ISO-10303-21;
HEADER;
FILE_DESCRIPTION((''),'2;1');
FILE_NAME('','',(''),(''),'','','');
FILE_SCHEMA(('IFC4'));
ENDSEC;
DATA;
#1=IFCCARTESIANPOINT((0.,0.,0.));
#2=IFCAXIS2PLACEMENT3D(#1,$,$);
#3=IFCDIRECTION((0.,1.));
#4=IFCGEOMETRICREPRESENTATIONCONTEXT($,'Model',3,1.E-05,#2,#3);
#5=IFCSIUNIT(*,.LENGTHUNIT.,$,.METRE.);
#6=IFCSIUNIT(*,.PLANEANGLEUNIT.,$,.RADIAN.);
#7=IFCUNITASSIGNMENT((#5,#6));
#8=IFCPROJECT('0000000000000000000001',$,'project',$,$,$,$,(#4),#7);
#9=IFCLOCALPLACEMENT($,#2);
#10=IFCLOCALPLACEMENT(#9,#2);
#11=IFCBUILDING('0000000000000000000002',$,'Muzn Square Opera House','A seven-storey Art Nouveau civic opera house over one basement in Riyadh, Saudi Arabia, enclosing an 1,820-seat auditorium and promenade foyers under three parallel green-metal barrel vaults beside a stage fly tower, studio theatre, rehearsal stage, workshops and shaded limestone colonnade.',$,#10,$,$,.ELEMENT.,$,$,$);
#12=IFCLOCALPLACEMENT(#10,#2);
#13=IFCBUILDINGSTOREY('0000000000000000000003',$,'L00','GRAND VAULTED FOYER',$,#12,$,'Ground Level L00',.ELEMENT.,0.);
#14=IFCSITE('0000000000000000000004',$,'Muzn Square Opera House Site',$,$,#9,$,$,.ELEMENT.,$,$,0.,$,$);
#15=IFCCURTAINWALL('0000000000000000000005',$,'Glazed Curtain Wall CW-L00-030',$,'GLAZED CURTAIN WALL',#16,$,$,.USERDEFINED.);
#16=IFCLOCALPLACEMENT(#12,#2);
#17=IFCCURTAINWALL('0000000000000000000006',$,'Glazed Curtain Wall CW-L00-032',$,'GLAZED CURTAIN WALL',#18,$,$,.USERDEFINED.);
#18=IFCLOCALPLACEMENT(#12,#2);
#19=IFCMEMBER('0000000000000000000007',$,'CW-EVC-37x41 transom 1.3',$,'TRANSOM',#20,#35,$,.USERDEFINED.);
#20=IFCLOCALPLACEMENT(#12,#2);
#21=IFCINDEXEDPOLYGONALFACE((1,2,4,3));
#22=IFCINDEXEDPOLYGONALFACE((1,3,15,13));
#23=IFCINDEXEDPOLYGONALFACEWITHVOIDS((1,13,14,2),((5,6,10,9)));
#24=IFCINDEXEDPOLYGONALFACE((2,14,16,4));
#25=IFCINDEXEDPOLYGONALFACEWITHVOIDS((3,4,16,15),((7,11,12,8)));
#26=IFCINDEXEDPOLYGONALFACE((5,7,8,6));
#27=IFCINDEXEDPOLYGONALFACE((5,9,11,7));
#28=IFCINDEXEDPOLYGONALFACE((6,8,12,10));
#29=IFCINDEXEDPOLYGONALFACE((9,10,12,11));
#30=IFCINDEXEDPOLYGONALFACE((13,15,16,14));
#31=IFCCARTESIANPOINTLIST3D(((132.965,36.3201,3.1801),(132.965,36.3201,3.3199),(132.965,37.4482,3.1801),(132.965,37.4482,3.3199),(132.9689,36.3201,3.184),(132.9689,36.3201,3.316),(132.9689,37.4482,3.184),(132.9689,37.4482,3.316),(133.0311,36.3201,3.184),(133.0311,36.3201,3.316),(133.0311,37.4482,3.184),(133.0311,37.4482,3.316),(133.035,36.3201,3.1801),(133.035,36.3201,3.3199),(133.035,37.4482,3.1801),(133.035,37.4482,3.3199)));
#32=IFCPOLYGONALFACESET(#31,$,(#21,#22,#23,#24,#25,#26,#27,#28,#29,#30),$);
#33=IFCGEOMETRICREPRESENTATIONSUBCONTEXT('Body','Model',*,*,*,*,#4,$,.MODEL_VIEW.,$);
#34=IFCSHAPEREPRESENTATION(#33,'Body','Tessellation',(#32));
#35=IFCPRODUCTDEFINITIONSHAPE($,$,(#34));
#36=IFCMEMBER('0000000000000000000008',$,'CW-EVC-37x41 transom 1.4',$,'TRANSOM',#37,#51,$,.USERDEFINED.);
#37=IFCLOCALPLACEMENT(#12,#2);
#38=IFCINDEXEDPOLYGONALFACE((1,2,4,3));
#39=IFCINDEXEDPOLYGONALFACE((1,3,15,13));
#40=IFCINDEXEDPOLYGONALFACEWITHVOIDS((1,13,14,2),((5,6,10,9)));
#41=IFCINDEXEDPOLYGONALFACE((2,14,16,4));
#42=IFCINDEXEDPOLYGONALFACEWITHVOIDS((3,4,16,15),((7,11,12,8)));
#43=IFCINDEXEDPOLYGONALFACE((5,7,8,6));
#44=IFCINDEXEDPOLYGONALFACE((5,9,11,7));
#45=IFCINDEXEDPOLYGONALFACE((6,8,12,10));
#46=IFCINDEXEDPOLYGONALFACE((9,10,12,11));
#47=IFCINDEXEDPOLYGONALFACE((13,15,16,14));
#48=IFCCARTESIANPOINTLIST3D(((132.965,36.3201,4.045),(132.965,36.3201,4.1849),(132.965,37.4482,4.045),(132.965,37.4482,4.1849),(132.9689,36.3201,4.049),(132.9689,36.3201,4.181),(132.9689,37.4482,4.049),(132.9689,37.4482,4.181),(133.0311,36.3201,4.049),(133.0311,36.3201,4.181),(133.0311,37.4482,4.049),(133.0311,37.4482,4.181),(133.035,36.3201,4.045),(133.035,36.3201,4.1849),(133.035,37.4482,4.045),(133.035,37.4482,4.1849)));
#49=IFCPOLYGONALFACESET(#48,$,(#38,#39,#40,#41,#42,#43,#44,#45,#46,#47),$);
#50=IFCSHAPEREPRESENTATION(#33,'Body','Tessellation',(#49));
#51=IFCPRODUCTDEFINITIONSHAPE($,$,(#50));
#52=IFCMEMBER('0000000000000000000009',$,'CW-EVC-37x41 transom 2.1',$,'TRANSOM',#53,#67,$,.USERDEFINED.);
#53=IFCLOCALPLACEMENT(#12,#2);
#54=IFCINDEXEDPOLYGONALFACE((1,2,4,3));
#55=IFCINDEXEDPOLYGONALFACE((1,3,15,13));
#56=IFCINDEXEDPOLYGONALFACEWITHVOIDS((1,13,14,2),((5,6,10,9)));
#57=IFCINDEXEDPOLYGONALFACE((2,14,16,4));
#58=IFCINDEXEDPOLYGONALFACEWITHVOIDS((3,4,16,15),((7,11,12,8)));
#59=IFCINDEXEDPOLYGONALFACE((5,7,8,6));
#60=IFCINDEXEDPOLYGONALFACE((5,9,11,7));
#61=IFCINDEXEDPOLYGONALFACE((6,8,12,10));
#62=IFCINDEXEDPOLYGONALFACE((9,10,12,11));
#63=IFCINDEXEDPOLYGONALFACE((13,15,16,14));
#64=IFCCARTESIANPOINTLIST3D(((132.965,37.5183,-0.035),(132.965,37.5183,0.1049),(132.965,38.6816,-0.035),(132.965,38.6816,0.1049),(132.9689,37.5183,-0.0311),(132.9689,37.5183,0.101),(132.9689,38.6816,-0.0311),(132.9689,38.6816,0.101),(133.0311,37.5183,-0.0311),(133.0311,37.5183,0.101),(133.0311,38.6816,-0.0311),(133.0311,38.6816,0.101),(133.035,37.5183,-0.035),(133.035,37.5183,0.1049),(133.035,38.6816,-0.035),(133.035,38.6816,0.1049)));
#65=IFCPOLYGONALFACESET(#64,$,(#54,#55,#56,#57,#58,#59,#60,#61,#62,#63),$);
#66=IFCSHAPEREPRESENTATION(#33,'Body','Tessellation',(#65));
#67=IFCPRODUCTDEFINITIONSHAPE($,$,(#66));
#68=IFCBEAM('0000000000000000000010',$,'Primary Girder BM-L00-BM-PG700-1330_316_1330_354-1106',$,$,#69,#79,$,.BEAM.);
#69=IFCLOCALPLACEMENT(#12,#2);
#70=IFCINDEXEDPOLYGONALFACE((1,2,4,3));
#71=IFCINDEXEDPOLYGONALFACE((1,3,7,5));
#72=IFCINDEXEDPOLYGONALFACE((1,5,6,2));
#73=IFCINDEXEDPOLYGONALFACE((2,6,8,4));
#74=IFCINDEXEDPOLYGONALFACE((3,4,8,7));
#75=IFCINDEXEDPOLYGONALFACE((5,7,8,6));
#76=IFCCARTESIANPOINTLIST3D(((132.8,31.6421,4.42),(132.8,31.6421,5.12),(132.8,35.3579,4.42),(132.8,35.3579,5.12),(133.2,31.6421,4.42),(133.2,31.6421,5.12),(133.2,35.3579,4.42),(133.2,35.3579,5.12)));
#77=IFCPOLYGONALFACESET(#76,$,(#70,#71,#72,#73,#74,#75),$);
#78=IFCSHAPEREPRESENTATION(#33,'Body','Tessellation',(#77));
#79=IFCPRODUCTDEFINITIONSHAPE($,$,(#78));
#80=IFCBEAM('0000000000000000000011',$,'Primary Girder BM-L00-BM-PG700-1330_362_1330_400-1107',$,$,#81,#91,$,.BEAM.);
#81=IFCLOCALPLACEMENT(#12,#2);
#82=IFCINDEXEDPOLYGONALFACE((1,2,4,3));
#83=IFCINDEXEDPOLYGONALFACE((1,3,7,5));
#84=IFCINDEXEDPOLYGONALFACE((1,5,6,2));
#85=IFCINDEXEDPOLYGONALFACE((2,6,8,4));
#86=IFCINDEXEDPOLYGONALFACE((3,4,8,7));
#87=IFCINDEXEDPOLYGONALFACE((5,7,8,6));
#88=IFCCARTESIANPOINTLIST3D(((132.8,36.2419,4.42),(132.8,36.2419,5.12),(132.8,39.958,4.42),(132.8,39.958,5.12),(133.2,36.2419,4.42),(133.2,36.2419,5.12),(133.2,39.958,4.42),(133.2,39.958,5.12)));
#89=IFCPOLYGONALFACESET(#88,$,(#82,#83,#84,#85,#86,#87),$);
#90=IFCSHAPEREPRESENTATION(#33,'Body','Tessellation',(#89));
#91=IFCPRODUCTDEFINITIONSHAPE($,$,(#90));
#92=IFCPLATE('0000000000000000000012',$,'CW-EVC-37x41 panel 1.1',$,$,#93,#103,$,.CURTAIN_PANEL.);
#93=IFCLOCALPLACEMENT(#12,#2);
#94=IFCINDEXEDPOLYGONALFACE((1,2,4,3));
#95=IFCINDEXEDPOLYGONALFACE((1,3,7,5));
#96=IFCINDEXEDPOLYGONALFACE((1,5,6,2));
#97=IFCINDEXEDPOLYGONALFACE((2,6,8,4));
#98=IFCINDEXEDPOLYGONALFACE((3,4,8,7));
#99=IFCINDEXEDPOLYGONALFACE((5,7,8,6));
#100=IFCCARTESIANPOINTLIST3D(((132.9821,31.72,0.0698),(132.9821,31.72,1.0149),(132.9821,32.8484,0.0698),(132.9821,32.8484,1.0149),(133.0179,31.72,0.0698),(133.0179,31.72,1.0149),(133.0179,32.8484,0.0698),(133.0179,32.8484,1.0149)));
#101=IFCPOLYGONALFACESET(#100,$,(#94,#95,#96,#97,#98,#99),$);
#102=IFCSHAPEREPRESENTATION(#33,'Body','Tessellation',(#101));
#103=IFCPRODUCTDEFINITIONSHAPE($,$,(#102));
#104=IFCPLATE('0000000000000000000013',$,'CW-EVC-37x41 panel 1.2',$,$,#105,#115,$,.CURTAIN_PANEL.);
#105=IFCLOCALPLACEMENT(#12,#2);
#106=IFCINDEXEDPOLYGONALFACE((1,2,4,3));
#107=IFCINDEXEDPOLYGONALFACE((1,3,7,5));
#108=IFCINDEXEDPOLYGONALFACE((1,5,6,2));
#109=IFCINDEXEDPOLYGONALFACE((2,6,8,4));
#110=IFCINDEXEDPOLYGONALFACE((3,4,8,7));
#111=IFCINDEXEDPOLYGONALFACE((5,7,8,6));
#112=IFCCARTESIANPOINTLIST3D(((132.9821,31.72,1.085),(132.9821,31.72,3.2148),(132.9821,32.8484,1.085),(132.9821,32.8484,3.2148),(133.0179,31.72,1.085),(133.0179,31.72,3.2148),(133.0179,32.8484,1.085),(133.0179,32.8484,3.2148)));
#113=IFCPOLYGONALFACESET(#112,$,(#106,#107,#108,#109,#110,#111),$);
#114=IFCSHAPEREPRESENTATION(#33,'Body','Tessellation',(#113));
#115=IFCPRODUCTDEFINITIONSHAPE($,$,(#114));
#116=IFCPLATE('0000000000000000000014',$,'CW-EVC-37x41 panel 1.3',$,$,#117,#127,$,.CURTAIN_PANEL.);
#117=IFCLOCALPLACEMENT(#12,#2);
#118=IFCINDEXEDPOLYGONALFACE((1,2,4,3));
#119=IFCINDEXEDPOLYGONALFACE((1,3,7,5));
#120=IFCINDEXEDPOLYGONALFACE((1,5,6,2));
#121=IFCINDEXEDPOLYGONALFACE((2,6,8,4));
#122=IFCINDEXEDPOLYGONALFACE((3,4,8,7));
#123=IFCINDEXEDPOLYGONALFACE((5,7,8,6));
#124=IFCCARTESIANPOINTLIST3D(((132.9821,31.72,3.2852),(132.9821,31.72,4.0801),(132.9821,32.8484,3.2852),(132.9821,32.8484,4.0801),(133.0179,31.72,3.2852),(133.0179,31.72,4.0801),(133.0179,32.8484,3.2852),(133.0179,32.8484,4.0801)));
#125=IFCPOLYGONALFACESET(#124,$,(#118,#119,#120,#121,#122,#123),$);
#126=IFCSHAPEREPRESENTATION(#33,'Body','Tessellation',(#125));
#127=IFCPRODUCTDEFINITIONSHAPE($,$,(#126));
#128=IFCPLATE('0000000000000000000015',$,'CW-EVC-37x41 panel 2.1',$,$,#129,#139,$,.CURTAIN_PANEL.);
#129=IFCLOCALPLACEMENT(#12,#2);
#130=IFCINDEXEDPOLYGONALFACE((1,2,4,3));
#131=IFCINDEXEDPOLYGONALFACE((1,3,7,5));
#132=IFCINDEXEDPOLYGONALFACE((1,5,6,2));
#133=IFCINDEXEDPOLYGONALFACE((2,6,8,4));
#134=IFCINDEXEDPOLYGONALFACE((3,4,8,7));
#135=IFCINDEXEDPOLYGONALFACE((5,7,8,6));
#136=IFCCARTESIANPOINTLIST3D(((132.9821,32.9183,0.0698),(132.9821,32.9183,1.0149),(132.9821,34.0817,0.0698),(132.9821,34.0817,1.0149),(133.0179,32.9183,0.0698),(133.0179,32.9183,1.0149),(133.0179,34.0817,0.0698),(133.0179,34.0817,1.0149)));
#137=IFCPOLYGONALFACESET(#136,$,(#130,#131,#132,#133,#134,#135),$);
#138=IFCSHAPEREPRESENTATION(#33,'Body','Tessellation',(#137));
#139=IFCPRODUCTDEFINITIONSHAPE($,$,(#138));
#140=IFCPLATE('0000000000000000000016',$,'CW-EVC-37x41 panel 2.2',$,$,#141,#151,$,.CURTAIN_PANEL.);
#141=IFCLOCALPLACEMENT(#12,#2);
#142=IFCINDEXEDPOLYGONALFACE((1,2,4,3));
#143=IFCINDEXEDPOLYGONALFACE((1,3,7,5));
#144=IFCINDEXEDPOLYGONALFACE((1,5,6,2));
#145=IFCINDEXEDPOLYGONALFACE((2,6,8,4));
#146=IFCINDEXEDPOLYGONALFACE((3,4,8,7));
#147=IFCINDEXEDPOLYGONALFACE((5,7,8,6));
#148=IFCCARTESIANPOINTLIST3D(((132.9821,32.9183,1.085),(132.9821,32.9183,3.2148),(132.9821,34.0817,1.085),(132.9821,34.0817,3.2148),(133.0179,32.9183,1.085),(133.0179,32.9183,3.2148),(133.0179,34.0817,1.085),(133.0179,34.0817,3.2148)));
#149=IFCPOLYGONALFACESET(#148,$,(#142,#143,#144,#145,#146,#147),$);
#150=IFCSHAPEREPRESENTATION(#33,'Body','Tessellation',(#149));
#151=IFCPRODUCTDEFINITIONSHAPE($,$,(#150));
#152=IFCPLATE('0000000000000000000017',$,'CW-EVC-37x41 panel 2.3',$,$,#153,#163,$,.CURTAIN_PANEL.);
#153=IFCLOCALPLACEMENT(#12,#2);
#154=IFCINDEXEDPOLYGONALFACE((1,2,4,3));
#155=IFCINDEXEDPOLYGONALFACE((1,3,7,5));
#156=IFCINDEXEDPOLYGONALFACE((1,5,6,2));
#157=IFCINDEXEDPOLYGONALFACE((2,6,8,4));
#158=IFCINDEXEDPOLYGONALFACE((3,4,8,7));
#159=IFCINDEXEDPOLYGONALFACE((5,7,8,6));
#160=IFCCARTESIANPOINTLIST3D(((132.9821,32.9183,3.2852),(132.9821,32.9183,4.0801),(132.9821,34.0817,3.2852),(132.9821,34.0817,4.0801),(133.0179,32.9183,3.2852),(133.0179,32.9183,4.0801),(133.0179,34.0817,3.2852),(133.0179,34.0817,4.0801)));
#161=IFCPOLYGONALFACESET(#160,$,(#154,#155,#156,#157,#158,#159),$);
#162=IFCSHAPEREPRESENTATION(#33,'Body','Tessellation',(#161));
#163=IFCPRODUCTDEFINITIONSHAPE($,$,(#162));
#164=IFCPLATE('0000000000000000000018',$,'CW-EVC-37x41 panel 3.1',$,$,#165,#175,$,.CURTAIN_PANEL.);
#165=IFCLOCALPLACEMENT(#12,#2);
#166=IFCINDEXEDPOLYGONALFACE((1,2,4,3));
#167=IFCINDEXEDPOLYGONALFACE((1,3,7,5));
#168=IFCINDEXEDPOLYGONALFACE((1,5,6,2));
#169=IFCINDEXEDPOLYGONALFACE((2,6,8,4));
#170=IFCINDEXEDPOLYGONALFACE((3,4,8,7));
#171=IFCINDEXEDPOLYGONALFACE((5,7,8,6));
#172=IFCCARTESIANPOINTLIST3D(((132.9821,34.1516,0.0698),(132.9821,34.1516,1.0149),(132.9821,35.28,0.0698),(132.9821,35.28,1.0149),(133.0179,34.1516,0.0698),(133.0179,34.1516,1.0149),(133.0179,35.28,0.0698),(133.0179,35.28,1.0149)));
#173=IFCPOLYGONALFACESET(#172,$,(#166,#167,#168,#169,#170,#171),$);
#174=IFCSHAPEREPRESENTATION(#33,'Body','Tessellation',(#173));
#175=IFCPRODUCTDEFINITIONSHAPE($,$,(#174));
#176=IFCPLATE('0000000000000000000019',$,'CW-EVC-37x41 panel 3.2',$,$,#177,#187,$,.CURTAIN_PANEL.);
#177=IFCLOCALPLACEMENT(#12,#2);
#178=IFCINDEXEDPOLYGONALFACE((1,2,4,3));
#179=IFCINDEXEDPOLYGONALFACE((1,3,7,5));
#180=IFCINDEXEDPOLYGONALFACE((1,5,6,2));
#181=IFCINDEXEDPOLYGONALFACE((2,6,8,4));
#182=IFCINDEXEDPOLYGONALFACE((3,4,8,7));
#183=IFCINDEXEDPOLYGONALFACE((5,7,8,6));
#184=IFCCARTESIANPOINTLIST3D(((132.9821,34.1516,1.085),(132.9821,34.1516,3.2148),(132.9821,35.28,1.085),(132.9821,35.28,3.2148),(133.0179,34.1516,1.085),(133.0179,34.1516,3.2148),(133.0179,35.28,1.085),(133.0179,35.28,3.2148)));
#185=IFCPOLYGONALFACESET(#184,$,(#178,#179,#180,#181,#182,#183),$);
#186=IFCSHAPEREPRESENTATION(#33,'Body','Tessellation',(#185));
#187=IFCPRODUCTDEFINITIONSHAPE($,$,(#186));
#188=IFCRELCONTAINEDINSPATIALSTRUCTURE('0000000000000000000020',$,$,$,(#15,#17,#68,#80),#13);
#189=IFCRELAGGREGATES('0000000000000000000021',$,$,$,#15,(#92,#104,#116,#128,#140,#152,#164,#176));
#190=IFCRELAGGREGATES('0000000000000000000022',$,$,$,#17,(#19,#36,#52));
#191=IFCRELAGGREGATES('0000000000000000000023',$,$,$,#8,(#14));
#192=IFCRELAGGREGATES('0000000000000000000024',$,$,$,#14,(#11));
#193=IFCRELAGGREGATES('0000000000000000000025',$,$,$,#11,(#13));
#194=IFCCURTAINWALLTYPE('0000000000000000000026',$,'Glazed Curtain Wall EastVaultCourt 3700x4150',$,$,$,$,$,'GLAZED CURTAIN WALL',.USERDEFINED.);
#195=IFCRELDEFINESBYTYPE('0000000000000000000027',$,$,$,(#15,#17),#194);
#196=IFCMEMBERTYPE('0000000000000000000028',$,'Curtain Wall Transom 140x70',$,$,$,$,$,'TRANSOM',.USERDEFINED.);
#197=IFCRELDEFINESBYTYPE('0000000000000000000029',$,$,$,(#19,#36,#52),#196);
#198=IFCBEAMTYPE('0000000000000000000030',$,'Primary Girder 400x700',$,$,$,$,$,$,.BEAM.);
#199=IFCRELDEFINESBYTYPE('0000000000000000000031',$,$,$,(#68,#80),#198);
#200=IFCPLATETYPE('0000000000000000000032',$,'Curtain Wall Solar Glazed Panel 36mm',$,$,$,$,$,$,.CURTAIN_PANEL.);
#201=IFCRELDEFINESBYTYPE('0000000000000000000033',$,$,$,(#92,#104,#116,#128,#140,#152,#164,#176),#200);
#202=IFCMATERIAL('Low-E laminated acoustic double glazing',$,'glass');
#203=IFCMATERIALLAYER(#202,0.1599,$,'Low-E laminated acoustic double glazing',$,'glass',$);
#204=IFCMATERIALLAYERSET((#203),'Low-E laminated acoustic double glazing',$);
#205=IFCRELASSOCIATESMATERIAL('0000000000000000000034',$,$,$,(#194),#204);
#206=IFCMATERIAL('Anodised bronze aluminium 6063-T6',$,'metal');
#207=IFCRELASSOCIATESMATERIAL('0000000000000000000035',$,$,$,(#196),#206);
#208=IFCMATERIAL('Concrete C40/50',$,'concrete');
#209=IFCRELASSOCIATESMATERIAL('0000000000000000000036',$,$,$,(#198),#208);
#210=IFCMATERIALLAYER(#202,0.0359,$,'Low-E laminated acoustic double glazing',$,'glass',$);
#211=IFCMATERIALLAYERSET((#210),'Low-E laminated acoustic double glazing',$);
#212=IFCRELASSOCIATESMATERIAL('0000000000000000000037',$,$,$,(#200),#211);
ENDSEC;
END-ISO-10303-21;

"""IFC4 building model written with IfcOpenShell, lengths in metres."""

from ifc_helpers import new_model, si_unit, direction, frame, origin, origin_2d, place, context, subcontext, project, spatial, rectangle, hollow_rectangle, extrude, material, layer, layer_set, material_profile, profile_set, type_object, element, aggregate, save


model = new_model("IFC4")

# Units and contexts
model_context = context("Model", 3, precision=1e-05, world=origin(), true_north=direction((0.0, 1.0)))
body_context = subcontext(model_context, "Body", "Model", "MODEL_VIEW")
ifc_project = project(units=[si_unit("LENGTHUNIT", "METRE"), si_unit("PLANEANGLEUNIT", "RADIAN")], contexts=[model_context])

# Site, building, storey
site_placement = place(None, origin())
site = spatial("IfcSite", under=ifc_project, at=site_placement, Name="Muzn Square Opera House Site", CompositionType="ELEMENT", RefElevation=0.0)
building_placement = place(site_placement, origin())
building = spatial("IfcBuilding", under=site, at=building_placement, Name="Muzn Square Opera House", Description="A seven-storey Art Nouveau civic opera house over one basement in Riyadh, Saudi Arabia, enclosing an 1,820-seat auditorium and promenade foyers under three parallel green-metal barrel vaults beside a stage fly tower, studio theatre, rehearsal stage, workshops and shaded limestone colonnade.", CompositionType="ELEMENT")
storey_placement = place(building_placement, origin())
storey = spatial("IfcBuildingStorey", under=building, at=storey_placement, Name="L00", Description="GRAND VAULTED FOYER", LongName="Ground Level L00", CompositionType="ELEMENT", Elevation=0.0)

# Curtain walls
ifc_material_1 = material(Name="Low-E laminated acoustic double glazing", Category="glass")
ifc_layer_1 = layer(ifc_material_1, 0.1599, Name="Low-E laminated acoustic double glazing", Category="glass")
ifc_layer_set_1 = layer_set([ifc_layer_1], Name="Low-E laminated acoustic double glazing")
curtain_wall_type_1 = type_object("IfcCurtainWallType", Name="Glazed Curtain Wall EastVaultCourt 3700x4150", ElementType="GLAZED CURTAIN WALL", PredefinedType="USERDEFINED", material=ifc_layer_set_1)
curtain_wall_1_placement = place(storey_placement, origin())
curtain_wall_1 = element("IfcCurtainWall", 1, at=curtain_wall_1_placement, inside=storey, type_object=curtain_wall_type_1, Name="Glazed Curtain Wall CW-L00-030", ObjectType="GLAZED CURTAIN WALL", PredefinedType="USERDEFINED")
ifc_material_2 = material(Name="Anodised bronze aluminium 6063-T6", Category="metal")
curtain_wall_2_placement = place(storey_placement, origin())
curtain_wall_2 = element("IfcCurtainWall", 2, at=curtain_wall_2_placement, inside=storey, type_object=curtain_wall_type_1, Name="Glazed Curtain Wall CW-L00-032", ObjectType="GLAZED CURTAIN WALL", PredefinedType="USERDEFINED")

# Members
ifc_material_profile_1 = material_profile(ifc_material_2, hollow_rectangle(XDim=0.0701, YDim=0.1399, WallThickness=0.0039, at=origin_2d()), Name="ALU 140x70x4", Category="metal")
ifc_profile_set_1 = profile_set([ifc_material_profile_1], Name="Anodised bronze aluminium 6063-T6")
member_type_1 = type_object("IfcMemberType", Name="Curtain Wall Transom 140x70", ElementType="TRANSOM", PredefinedType="USERDEFINED", material=ifc_profile_set_1)
member_1_placement = place(storey_placement, frame((133.0, 36.3201, 3.25), z_axis=(0.0, 1.0, 0.0), x_axis=(-1.0, 0.0, 0.0)))
member_1 = element("IfcMember", 3, at=member_1_placement, type_object=member_type_1, Name="CW-EVC-37x41 transom 1.3", ObjectType="TRANSOM", PredefinedType="USERDEFINED", context=body_context, shape_type="SweptSolid", body=[
    extrude(hollow_rectangle(XDim=0.0701, YDim=0.1399, WallThickness=0.0039, at=origin_2d()), origin(), (0.0, 0.0, 1.0), 1.1282),
])
member_2_placement = place(storey_placement, frame((133.0, 36.3201, 4.115), z_axis=(0.0, 1.0, 0.0), x_axis=(-1.0, 0.0, 0.0)))
member_2 = element("IfcMember", 4, at=member_2_placement, type_object=member_type_1, Name="CW-EVC-37x41 transom 1.4", ObjectType="TRANSOM", PredefinedType="USERDEFINED", context=body_context, shape_type="SweptSolid", body=[
    extrude(hollow_rectangle(XDim=0.0701, YDim=0.1399, WallThickness=0.0039, at=origin_2d()), origin(), (0.0, 0.0, 1.0), 1.1282),
])
member_3_placement = place(storey_placement, frame((133.0, 37.5183, 0.0349), z_axis=(0.0, 1.0, 0.0), x_axis=(-1.0, 0.0, 0.0)))
member_3 = element("IfcMember", 5, at=member_3_placement, type_object=member_type_1, Name="CW-EVC-37x41 transom 2.1", ObjectType="TRANSOM", PredefinedType="USERDEFINED", context=body_context, shape_type="SweptSolid", body=[
    extrude(hollow_rectangle(XDim=0.0701, YDim=0.1399, WallThickness=0.0039, at=origin_2d()), origin(), (0.0, 0.0, 1.0), 1.1633),
])

# Beams
ifc_material_3 = material(Name="Concrete C40/50", Category="concrete")
ifc_material_profile_2 = material_profile(ifc_material_3, rectangle(XDim=0.3999, YDim=0.7, at=origin_2d()), Name="RCB 400x700", Category="concrete")
ifc_profile_set_2 = profile_set([ifc_material_profile_2], Name="Concrete C40/50")
beam_type = type_object("IfcBeamType", Name="Primary Girder 400x700", PredefinedType="BEAM", material=ifc_profile_set_2)
beam_1_placement = place(storey_placement, frame((133.0, 31.6421, 4.77), z_axis=(0.0, 1.0, 0.0), x_axis=(-1.0, 0.0, 0.0)))
element("IfcBeam", 6, at=beam_1_placement, inside=storey, type_object=beam_type, Name="Primary Girder BM-L00-BM-PG700-1330_316_1330_354-1106", PredefinedType="BEAM", context=body_context, shape_type="SweptSolid", body=[
    extrude(rectangle(XDim=0.3999, YDim=0.7, at=origin_2d()), origin(), (0.0, 0.0, 1.0), 3.7158),
])
beam_2_placement = place(storey_placement, frame((133.0, 36.2419, 4.77), z_axis=(0.0, 1.0, 0.0), x_axis=(-1.0, 0.0, 0.0)))
element("IfcBeam", 7, at=beam_2_placement, inside=storey, type_object=beam_type, Name="Primary Girder BM-L00-BM-PG700-1330_362_1330_400-1107", PredefinedType="BEAM", context=body_context, shape_type="SweptSolid", body=[
    extrude(rectangle(XDim=0.3999, YDim=0.7, at=origin_2d()), origin(), (0.0, 0.0, 1.0), 3.7161),
])

# Plates
ifc_layer_2 = layer(ifc_material_1, 0.0359, Name="Low-E laminated acoustic double glazing", Category="glass")
ifc_layer_set_2 = layer_set([ifc_layer_2], Name="Low-E laminated acoustic double glazing")
plate_type = type_object("IfcPlateType", Name="Curtain Wall Solar Glazed Panel 36mm", PredefinedType="CURTAIN_PANEL", material=ifc_layer_set_2)
plate_1_placement = place(storey_placement, frame((133.0, 32.2842, 0.0698), z_axis=(0.0, 0.0, 1.0), x_axis=(0.0, 1.0, 0.0)))
plate_1 = element("IfcPlate", 8, at=plate_1_placement, type_object=plate_type, Name="CW-EVC-37x41 panel 1.1", PredefinedType="CURTAIN_PANEL", context=body_context, shape_type="SweptSolid", body=[
    extrude(rectangle(XDim=1.1284, YDim=0.0359, at=origin_2d()), origin(), (0.0, 0.0, 1.0), 0.9451),
])
plate_2_placement = place(storey_placement, frame((133.0, 32.2842, 1.085), z_axis=(0.0, 0.0, 1.0), x_axis=(0.0, 1.0, 0.0)))
plate_2 = element("IfcPlate", 9, at=plate_2_placement, type_object=plate_type, Name="CW-EVC-37x41 panel 1.2", PredefinedType="CURTAIN_PANEL", context=body_context, shape_type="SweptSolid", body=[
    extrude(rectangle(XDim=1.1284, YDim=0.0359, at=origin_2d()), origin(), (0.0, 0.0, 1.0), 2.1299),
])
plate_3_placement = place(storey_placement, frame((133.0, 32.2842, 3.2852), z_axis=(0.0, 0.0, 1.0), x_axis=(0.0, 1.0, 0.0)))
plate_3 = element("IfcPlate", 10, at=plate_3_placement, type_object=plate_type, Name="CW-EVC-37x41 panel 1.3", PredefinedType="CURTAIN_PANEL", context=body_context, shape_type="SweptSolid", body=[
    extrude(rectangle(XDim=1.1284, YDim=0.0359, at=origin_2d()), origin(), (0.0, 0.0, 1.0), 0.7949),
])
plate_4_placement = place(storey_placement, frame((133.0, 33.5, 0.0698), z_axis=(0.0, 0.0, 1.0), x_axis=(0.0, 1.0, 0.0)))
plate_4 = element("IfcPlate", 11, at=plate_4_placement, type_object=plate_type, Name="CW-EVC-37x41 panel 2.1", PredefinedType="CURTAIN_PANEL", context=body_context, shape_type="SweptSolid", body=[
    extrude(rectangle(XDim=1.1633, YDim=0.0359, at=origin_2d()), origin(), (0.0, 0.0, 1.0), 0.9451),
])
plate_5_placement = place(storey_placement, frame((133.0, 33.5, 1.085), z_axis=(0.0, 0.0, 1.0), x_axis=(0.0, 1.0, 0.0)))
plate_5 = element("IfcPlate", 12, at=plate_5_placement, type_object=plate_type, Name="CW-EVC-37x41 panel 2.2", PredefinedType="CURTAIN_PANEL", context=body_context, shape_type="SweptSolid", body=[
    extrude(rectangle(XDim=1.1633, YDim=0.0359, at=origin_2d()), origin(), (0.0, 0.0, 1.0), 2.1299),
])
plate_6_placement = place(storey_placement, frame((133.0, 33.5, 3.2852), z_axis=(0.0, 0.0, 1.0), x_axis=(0.0, 1.0, 0.0)))
plate_6 = element("IfcPlate", 13, at=plate_6_placement, type_object=plate_type, Name="CW-EVC-37x41 panel 2.3", PredefinedType="CURTAIN_PANEL", context=body_context, shape_type="SweptSolid", body=[
    extrude(rectangle(XDim=1.1633, YDim=0.0359, at=origin_2d()), origin(), (0.0, 0.0, 1.0), 0.7949),
])
plate_7_placement = place(storey_placement, frame((133.0, 34.7158, 0.0698), z_axis=(0.0, 0.0, 1.0), x_axis=(0.0, 1.0, 0.0)))
plate_7 = element("IfcPlate", 14, at=plate_7_placement, type_object=plate_type, Name="CW-EVC-37x41 panel 3.1", PredefinedType="CURTAIN_PANEL", context=body_context, shape_type="SweptSolid", body=[
    extrude(rectangle(XDim=1.1284, YDim=0.0359, at=origin_2d()), origin(), (0.0, 0.0, 1.0), 0.9451),
])
plate_8_placement = place(storey_placement, frame((133.0, 34.7158, 1.085), z_axis=(0.0, 0.0, 1.0), x_axis=(0.0, 1.0, 0.0)))
plate_8 = element("IfcPlate", 15, at=plate_8_placement, type_object=plate_type, Name="CW-EVC-37x41 panel 3.2", PredefinedType="CURTAIN_PANEL", context=body_context, shape_type="SweptSolid", body=[
    extrude(rectangle(XDim=1.1284, YDim=0.0359, at=origin_2d()), origin(), (0.0, 0.0, 1.0), 2.1299),
])
aggregate(curtain_wall_1, [plate_1, plate_2, plate_3, plate_4, plate_5, plate_6, plate_7, plate_8])
aggregate(curtain_wall_2, [member_1, member_2, member_3])

save(model, "model.ifc")
